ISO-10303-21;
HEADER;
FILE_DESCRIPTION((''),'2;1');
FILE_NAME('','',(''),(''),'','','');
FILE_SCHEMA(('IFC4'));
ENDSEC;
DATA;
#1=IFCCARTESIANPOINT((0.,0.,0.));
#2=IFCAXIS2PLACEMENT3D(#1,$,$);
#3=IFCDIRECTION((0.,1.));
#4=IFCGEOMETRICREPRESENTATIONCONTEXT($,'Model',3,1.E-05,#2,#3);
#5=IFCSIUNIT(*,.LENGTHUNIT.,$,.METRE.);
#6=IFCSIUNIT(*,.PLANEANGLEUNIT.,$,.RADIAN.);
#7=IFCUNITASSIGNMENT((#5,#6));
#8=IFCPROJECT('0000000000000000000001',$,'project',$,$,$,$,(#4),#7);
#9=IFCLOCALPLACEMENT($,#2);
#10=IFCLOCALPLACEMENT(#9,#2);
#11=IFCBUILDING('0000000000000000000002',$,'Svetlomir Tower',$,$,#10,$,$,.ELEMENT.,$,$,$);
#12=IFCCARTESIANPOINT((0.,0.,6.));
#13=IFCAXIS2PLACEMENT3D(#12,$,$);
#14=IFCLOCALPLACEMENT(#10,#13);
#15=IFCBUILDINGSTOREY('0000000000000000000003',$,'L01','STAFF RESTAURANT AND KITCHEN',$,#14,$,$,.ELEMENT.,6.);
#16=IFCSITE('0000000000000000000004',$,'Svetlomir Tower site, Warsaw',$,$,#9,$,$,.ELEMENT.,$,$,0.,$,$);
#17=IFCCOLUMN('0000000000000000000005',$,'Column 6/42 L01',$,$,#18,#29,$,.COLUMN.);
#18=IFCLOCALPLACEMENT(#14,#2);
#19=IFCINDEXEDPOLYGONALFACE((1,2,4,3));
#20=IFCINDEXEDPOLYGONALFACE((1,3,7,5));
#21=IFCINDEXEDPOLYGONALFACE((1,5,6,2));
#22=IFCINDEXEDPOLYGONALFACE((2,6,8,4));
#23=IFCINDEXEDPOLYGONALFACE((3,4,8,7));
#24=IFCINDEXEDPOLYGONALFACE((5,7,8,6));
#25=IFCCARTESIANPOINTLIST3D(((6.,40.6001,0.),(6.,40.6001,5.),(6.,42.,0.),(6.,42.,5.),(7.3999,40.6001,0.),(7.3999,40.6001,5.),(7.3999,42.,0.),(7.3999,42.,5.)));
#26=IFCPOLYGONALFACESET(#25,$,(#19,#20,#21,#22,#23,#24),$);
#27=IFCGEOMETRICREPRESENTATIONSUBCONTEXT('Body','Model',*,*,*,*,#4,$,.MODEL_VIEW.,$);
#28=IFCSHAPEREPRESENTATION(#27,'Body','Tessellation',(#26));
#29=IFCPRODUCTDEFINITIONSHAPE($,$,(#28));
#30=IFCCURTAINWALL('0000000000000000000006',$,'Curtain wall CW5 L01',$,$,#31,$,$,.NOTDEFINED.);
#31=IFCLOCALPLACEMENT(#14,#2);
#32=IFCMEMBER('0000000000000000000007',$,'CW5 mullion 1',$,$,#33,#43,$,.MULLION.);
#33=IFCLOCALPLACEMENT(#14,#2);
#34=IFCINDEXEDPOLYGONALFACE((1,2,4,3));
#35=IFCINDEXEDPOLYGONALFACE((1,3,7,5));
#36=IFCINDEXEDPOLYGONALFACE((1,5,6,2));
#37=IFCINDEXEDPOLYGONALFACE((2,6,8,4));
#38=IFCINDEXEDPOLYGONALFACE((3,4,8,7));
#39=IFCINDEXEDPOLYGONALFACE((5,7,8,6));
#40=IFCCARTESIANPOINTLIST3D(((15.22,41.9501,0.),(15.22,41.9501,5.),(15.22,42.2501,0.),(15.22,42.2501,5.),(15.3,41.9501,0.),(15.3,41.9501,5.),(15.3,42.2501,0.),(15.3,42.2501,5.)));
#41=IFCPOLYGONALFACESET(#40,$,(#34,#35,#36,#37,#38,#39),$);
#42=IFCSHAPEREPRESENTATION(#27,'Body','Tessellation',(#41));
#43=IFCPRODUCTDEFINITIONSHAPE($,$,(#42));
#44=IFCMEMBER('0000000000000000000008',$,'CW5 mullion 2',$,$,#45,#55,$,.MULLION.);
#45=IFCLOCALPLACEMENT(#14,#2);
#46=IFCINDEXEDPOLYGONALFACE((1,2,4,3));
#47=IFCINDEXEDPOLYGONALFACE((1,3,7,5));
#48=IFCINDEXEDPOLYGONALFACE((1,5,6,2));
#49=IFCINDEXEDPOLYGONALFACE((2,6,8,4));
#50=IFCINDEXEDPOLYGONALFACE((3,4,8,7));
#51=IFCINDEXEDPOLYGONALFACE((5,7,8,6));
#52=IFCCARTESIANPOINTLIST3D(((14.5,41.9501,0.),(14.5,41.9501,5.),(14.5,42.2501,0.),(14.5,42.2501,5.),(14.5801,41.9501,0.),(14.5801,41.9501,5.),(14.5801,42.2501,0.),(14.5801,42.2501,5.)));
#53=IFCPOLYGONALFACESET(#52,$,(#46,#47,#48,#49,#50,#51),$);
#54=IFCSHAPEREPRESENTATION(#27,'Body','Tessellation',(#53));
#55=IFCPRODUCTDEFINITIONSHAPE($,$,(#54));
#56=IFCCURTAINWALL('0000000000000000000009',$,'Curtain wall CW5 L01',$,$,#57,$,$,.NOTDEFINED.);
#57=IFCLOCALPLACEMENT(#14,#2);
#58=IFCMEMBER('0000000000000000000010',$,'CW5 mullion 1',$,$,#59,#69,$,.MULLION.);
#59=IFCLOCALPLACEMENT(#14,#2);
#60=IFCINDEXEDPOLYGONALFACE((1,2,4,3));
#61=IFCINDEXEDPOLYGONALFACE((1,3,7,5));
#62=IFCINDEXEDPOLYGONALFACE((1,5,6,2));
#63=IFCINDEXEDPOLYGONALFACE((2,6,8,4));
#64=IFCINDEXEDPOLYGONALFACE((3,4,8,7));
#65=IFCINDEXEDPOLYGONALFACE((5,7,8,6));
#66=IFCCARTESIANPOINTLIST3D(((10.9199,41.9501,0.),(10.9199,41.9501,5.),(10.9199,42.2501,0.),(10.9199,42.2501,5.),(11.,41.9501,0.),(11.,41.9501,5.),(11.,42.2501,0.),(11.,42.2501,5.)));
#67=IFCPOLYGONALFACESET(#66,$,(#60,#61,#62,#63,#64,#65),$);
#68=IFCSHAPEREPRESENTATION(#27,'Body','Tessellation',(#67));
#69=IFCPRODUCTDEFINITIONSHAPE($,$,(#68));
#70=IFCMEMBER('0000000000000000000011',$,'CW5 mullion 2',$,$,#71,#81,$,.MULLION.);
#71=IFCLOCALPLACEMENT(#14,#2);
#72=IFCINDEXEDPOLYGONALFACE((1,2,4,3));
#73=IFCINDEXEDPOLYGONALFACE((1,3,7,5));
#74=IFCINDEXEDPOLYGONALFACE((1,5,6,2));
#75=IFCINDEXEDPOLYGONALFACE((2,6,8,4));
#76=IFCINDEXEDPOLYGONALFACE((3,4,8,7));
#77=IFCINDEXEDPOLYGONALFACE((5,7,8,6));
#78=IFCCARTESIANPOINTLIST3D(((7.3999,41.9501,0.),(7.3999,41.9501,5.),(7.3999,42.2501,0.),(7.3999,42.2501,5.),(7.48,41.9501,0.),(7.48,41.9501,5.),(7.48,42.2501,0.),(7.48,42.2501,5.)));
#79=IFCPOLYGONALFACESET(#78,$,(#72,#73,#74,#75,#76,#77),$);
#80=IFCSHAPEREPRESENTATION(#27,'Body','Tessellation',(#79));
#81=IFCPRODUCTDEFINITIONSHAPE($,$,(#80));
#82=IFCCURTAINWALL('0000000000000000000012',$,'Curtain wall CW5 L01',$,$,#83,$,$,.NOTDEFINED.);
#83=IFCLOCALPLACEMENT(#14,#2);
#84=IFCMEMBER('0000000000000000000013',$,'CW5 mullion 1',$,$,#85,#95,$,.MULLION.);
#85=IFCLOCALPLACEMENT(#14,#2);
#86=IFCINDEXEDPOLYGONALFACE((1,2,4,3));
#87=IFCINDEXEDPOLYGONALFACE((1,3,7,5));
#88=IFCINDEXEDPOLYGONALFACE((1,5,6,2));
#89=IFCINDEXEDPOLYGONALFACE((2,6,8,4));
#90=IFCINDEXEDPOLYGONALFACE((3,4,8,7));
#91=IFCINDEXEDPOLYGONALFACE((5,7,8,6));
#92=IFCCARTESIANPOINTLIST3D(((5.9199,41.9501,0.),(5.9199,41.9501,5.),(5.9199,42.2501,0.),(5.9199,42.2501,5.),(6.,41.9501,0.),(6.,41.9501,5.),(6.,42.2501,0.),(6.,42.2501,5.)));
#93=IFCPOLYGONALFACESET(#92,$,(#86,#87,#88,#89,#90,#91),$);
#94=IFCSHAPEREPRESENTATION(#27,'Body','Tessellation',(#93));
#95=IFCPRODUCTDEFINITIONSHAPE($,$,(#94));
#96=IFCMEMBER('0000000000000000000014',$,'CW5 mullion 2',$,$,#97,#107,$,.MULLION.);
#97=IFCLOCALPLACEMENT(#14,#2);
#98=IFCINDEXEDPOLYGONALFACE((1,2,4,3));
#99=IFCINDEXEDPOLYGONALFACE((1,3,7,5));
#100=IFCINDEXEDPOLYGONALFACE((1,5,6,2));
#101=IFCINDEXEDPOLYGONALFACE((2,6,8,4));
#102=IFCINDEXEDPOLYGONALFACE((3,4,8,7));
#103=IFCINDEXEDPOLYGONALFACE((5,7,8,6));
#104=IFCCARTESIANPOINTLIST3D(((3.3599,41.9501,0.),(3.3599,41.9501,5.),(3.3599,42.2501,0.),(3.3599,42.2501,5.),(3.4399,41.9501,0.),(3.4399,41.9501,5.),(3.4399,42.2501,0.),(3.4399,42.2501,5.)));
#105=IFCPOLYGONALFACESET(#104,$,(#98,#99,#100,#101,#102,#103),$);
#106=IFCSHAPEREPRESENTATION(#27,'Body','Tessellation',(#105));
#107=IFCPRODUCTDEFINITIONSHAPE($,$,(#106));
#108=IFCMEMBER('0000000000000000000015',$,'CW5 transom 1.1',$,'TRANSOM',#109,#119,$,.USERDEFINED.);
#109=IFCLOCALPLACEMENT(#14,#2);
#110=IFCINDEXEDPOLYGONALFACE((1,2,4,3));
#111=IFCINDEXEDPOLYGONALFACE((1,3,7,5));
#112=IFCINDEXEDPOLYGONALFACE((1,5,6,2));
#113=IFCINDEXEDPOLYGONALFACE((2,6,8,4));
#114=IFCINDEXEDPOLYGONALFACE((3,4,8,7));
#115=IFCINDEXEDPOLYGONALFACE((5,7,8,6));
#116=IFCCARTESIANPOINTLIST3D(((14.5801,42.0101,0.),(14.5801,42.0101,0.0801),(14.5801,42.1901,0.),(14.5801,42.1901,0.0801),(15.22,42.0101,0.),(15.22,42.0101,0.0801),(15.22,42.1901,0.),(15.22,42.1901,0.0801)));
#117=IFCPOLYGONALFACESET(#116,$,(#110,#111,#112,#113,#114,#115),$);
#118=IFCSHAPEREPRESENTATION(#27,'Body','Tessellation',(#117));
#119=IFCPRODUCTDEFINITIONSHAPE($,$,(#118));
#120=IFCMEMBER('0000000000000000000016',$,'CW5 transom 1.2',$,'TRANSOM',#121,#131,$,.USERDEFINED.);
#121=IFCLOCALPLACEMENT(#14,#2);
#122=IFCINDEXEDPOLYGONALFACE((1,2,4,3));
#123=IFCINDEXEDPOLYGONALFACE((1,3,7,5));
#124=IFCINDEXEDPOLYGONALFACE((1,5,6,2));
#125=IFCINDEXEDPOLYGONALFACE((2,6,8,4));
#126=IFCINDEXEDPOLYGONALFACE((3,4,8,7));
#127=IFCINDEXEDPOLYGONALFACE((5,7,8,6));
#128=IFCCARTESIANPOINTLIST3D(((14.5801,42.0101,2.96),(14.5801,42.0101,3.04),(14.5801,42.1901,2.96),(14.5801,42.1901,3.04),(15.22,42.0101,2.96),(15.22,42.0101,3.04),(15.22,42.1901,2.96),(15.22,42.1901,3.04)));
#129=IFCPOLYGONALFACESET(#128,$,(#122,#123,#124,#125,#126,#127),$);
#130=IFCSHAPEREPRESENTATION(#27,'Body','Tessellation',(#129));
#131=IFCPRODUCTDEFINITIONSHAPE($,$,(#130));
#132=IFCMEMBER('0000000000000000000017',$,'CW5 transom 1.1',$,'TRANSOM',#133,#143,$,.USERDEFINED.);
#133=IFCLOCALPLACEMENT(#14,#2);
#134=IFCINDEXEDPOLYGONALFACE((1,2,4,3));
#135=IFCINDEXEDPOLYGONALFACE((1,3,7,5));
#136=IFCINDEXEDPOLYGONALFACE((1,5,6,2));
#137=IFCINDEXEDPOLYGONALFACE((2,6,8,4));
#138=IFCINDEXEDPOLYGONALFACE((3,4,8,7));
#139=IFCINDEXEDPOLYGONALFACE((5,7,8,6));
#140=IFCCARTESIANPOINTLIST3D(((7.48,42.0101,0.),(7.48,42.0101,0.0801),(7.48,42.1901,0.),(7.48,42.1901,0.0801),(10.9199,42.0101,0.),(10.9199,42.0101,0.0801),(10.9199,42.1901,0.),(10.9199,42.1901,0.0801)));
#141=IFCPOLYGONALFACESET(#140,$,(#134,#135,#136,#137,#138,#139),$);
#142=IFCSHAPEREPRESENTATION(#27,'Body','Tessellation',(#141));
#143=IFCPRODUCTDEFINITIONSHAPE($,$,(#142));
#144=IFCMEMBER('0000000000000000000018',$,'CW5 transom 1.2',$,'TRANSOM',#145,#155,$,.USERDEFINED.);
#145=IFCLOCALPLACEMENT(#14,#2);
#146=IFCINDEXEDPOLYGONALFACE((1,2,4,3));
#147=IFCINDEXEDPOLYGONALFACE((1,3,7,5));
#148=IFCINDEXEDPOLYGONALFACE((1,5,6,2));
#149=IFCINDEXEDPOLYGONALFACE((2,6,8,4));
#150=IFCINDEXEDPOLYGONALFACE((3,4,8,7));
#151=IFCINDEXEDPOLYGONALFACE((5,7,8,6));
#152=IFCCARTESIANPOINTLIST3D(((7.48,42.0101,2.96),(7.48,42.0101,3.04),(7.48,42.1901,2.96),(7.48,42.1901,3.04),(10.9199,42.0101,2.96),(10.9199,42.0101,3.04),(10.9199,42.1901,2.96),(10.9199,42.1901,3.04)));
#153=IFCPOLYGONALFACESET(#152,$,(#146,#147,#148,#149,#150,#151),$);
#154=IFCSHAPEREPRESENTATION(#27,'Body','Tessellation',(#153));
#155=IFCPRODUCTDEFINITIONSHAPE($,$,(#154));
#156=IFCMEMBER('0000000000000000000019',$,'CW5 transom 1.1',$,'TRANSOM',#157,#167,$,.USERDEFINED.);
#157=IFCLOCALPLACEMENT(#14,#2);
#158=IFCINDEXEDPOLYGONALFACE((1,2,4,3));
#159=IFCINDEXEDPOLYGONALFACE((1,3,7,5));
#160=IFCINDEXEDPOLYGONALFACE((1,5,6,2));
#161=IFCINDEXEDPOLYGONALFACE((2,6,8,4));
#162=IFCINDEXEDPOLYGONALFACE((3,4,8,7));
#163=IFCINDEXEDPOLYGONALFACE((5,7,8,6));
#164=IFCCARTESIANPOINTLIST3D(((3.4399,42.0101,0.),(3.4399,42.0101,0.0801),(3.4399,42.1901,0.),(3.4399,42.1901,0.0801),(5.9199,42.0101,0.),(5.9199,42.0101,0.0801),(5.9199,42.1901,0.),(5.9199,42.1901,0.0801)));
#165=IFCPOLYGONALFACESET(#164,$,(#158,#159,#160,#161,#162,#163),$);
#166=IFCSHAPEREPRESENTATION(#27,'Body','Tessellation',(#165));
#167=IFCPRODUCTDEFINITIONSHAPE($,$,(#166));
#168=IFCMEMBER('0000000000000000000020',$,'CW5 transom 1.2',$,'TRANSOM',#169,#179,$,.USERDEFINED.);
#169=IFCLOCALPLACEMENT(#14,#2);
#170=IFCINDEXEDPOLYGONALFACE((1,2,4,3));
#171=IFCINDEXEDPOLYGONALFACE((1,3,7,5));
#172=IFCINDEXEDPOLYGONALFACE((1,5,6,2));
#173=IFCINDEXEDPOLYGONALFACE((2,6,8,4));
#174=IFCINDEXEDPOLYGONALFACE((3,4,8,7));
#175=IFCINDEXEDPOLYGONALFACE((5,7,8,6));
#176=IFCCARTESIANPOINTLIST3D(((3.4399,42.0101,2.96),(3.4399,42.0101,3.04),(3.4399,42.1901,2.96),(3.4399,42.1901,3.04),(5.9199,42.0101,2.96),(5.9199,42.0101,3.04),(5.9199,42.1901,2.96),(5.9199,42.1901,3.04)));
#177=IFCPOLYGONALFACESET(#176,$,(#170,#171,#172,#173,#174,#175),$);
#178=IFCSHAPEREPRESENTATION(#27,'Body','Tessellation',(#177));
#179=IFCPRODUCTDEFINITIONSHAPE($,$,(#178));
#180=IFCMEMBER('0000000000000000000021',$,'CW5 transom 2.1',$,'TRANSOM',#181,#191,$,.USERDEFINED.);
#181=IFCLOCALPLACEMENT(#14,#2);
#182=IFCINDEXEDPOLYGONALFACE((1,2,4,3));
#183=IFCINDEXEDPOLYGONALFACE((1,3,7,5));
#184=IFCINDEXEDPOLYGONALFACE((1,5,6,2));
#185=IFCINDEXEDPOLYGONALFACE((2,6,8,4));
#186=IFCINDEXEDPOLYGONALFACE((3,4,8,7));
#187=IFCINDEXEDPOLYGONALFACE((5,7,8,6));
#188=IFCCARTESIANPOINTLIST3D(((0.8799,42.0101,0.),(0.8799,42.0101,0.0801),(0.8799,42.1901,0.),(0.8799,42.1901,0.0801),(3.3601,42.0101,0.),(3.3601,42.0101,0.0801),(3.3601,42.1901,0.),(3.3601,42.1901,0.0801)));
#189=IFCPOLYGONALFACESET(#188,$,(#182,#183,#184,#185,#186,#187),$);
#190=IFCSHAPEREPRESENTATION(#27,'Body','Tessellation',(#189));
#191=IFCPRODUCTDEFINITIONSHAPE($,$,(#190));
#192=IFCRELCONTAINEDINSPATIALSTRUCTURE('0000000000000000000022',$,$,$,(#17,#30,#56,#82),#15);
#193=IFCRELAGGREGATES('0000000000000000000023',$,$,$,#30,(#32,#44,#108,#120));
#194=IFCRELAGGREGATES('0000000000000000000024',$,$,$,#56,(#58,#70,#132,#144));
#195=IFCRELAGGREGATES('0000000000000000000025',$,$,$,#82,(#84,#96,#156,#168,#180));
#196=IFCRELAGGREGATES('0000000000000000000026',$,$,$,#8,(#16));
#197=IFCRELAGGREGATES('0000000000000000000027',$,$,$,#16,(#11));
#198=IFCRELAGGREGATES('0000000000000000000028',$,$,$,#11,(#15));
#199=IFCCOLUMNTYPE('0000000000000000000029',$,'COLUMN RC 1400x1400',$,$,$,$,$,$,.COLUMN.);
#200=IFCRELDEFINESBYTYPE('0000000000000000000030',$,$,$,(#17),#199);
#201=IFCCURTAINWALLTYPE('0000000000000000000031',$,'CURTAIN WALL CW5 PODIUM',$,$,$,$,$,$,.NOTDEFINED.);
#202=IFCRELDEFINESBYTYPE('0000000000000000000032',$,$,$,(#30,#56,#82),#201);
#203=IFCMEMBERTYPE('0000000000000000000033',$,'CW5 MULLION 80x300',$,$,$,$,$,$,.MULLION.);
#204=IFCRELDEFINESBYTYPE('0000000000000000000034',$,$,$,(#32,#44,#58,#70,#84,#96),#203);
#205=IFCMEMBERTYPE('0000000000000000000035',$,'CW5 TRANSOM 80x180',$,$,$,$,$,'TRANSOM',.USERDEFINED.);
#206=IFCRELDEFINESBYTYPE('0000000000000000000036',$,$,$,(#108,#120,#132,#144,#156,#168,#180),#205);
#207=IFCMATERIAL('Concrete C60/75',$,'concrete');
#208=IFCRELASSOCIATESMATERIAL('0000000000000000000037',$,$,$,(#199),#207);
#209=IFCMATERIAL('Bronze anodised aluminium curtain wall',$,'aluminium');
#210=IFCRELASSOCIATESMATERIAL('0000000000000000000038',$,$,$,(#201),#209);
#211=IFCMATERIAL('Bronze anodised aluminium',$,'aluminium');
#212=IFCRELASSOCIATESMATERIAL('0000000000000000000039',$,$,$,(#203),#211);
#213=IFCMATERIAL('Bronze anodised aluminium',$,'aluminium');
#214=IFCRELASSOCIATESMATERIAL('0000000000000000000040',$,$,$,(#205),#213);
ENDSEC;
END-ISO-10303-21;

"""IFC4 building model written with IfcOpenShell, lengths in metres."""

from ifc_helpers import new_model, si_unit, direction, frame, origin, origin_2d, place, context, subcontext, project, spatial, rectangle, extrude, material, material_profile, profile_set, type_object, element, aggregate, save


model = new_model("IFC4")

# Units and contexts
model_context = context("Model", 3, precision=1e-05, world=origin(), true_north=direction((0.0, 1.0)))
body_context = subcontext(model_context, "Body", "Model", "MODEL_VIEW")
ifc_project = project(units=[si_unit("LENGTHUNIT", "METRE"), si_unit("PLANEANGLEUNIT", "RADIAN")], contexts=[model_context])

# Site, building, storey
site_placement = place(None, origin())
site = spatial("IfcSite", under=ifc_project, at=site_placement, Name="Svetlomir Tower site, Warsaw", CompositionType="ELEMENT", RefElevation=0.0)
building_placement = place(site_placement, origin())
building = spatial("IfcBuilding", under=site, at=building_placement, Name="Svetlomir Tower", CompositionType="ELEMENT")
storey_placement = place(building_placement, frame((0.0, 0.0, 6.0)))
storey = spatial("IfcBuildingStorey", under=building, at=storey_placement, Name="L01", Description="STAFF RESTAURANT AND KITCHEN", CompositionType="ELEMENT", Elevation=6.0)

# Column
ifc_material_1 = material(Name="Concrete C60/75", Category="concrete")
ifc_material_profile_1 = material_profile(ifc_material_1, rectangle(XDim=1.3999, YDim=1.3999, at=origin_2d()), Name="RC 1400x1400")
ifc_profile_set_1 = profile_set([ifc_material_profile_1], Name="Concrete C60/75")
column_type = type_object("IfcColumnType", Name="COLUMN RC 1400x1400", PredefinedType="COLUMN", material=ifc_profile_set_1)
column_placement = place(storey_placement, frame((6.7, 41.3, 0.0), z_axis=(0.0, 0.0, 1.0), x_axis=(1.0, 0.0, 0.0)))
element("IfcColumn", 1, at=column_placement, inside=storey, type_object=column_type, Name="Column 6/42 L01", PredefinedType="COLUMN", context=body_context, shape_type="SweptSolid", body=[
    extrude(rectangle(XDim=1.3999, YDim=1.3999, at=origin_2d()), origin(), (0.0, 0.0, 1.0), 5.0),
])

# Curtain walls, members
ifc_material_2 = material(Name="Bronze anodised aluminium curtain wall", Category="aluminium")
curtain_wall_type = type_object("IfcCurtainWallType", Name="CURTAIN WALL CW5 PODIUM", PredefinedType="NOTDEFINED", material=ifc_material_2)
curtain_wall_1_placement = place(storey_placement, origin())
curtain_wall_1 = element("IfcCurtainWall", 2, at=curtain_wall_1_placement, inside=storey, type_object=curtain_wall_type, Name="Curtain wall CW5 L01", PredefinedType="NOTDEFINED")
ifc_material_3 = material(Name="Bronze anodised aluminium", Category="aluminium")
ifc_material_profile_2 = material_profile(ifc_material_3, rectangle(XDim=0.0801, YDim=0.3, at=origin_2d()), Name="AL 80x300")
ifc_profile_set_2 = profile_set([ifc_material_profile_2], Name="Bronze anodised aluminium 6063-T6")
member_type_1 = type_object("IfcMemberType", Name="CW5 MULLION 80x300", PredefinedType="MULLION", material=ifc_profile_set_2)
member_1_placement = place(storey_placement, frame((15.26, 42.1001, 0.0), z_axis=(0.0, 0.0, 1.0), x_axis=(-1.0, 0.0, 0.0)))
member_1 = element("IfcMember", 3, at=member_1_placement, type_object=member_type_1, Name="CW5 mullion 1", PredefinedType="MULLION", context=body_context, shape_type="SweptSolid", body=[
    extrude(rectangle(XDim=0.0801, YDim=0.3, at=origin_2d()), origin(), (0.0, 0.0, 1.0), 5.0),
])
member_2_placement = place(storey_placement, frame((14.54, 42.1001, 0.0), z_axis=(0.0, 0.0, 1.0), x_axis=(-1.0, 0.0, 0.0)))
member_2 = element("IfcMember", 4, at=member_2_placement, type_object=member_type_1, Name="CW5 mullion 2", PredefinedType="MULLION", context=body_context, shape_type="SweptSolid", body=[
    extrude(rectangle(XDim=0.0801, YDim=0.3, at=origin_2d()), origin(), (0.0, 0.0, 1.0), 5.0),
])
curtain_wall_2_placement = place(storey_placement, origin())
curtain_wall_2 = element("IfcCurtainWall", 5, at=curtain_wall_2_placement, inside=storey, type_object=curtain_wall_type, Name="Curtain wall CW5 L01", PredefinedType="NOTDEFINED")
member_3_placement = place(storey_placement, frame((10.96, 42.1001, 0.0), z_axis=(0.0, 0.0, 1.0), x_axis=(-1.0, 0.0, 0.0)))
member_3 = element("IfcMember", 6, at=member_3_placement, type_object=member_type_1, Name="CW5 mullion 1", PredefinedType="MULLION", context=body_context, shape_type="SweptSolid", body=[
    extrude(rectangle(XDim=0.0801, YDim=0.3, at=origin_2d()), origin(), (0.0, 0.0, 1.0), 5.0),
])
member_4_placement = place(storey_placement, frame((7.4399, 42.1001, 0.0), z_axis=(0.0, 0.0, 1.0), x_axis=(-1.0, 0.0, 0.0)))
member_4 = element("IfcMember", 7, at=member_4_placement, type_object=member_type_1, Name="CW5 mullion 2", PredefinedType="MULLION", context=body_context, shape_type="SweptSolid", body=[
    extrude(rectangle(XDim=0.0801, YDim=0.3, at=origin_2d()), origin(), (0.0, 0.0, 1.0), 5.0),
])
curtain_wall_3_placement = place(storey_placement, origin())
curtain_wall_3 = element("IfcCurtainWall", 8, at=curtain_wall_3_placement, inside=storey, type_object=curtain_wall_type, Name="Curtain wall CW5 L01", PredefinedType="NOTDEFINED")
member_5_placement = place(storey_placement, frame((5.96, 42.1001, 0.0), z_axis=(0.0, 0.0, 1.0), x_axis=(-1.0, 0.0, 0.0)))
member_5 = element("IfcMember", 9, at=member_5_placement, type_object=member_type_1, Name="CW5 mullion 1", PredefinedType="MULLION", context=body_context, shape_type="SweptSolid", body=[
    extrude(rectangle(XDim=0.0801, YDim=0.3, at=origin_2d()), origin(), (0.0, 0.0, 1.0), 5.0),
])
member_6_placement = place(storey_placement, frame((3.3999, 42.1001, 0.0), z_axis=(0.0, 0.0, 1.0), x_axis=(-1.0, 0.0, 0.0)))
member_6 = element("IfcMember", 10, at=member_6_placement, type_object=member_type_1, Name="CW5 mullion 2", PredefinedType="MULLION", context=body_context, shape_type="SweptSolid", body=[
    extrude(rectangle(XDim=0.0801, YDim=0.3, at=origin_2d()), origin(), (0.0, 0.0, 1.0), 5.0),
])

# Members
ifc_material_4 = material(Name="Bronze anodised aluminium", Category="aluminium")
ifc_material_profile_3 = material_profile(ifc_material_4, rectangle(XDim=0.1799, YDim=0.0801, at=origin_2d()), Name="AL 180x80")
ifc_profile_set_3 = profile_set([ifc_material_profile_3], Name="Bronze anodised aluminium 6063-T6")
member_type_2 = type_object("IfcMemberType", Name="CW5 TRANSOM 80x180", ElementType="TRANSOM", PredefinedType="USERDEFINED", material=ifc_profile_set_3)
member_7_placement = place(storey_placement, frame((15.22, 42.1001, 0.04), z_axis=(-1.0, 0.0, 0.0), x_axis=(0.0, -1.0, 0.0)))
member_7 = element("IfcMember", 11, at=member_7_placement, type_object=member_type_2, Name="CW5 transom 1.1", ObjectType="TRANSOM", PredefinedType="USERDEFINED", context=body_context, shape_type="SweptSolid", body=[
    extrude(rectangle(XDim=0.1799, YDim=0.0801, at=origin_2d()), origin(), (0.0, 0.0, 1.0), 0.6399),
])
member_8_placement = place(storey_placement, frame((15.22, 42.1001, 3.0), z_axis=(-1.0, 0.0, 0.0), x_axis=(0.0, -1.0, 0.0)))
member_8 = element("IfcMember", 12, at=member_8_placement, type_object=member_type_2, Name="CW5 transom 1.2", ObjectType="TRANSOM", PredefinedType="USERDEFINED", context=body_context, shape_type="SweptSolid", body=[
    extrude(rectangle(XDim=0.1799, YDim=0.0801, at=origin_2d()), origin(), (0.0, 0.0, 1.0), 0.6399),
])
member_9_placement = place(storey_placement, frame((10.9199, 42.1001, 0.04), z_axis=(-1.0, 0.0, 0.0), x_axis=(0.0, -1.0, 0.0)))
member_9 = element("IfcMember", 13, at=member_9_placement, type_object=member_type_2, Name="CW5 transom 1.1", ObjectType="TRANSOM", PredefinedType="USERDEFINED", context=body_context, shape_type="SweptSolid", body=[
    extrude(rectangle(XDim=0.1799, YDim=0.0801, at=origin_2d()), origin(), (0.0, 0.0, 1.0), 3.4399),
])
member_10_placement = place(storey_placement, frame((10.9199, 42.1001, 3.0), z_axis=(-1.0, 0.0, 0.0), x_axis=(0.0, -1.0, 0.0)))
member_10 = element("IfcMember", 14, at=member_10_placement, type_object=member_type_2, Name="CW5 transom 1.2", ObjectType="TRANSOM", PredefinedType="USERDEFINED", context=body_context, shape_type="SweptSolid", body=[
    extrude(rectangle(XDim=0.1799, YDim=0.0801, at=origin_2d()), origin(), (0.0, 0.0, 1.0), 3.4399),
])
member_11_placement = place(storey_placement, frame((5.9199, 42.1001, 0.04), z_axis=(-1.0, 0.0, 0.0), x_axis=(0.0, -1.0, 0.0)))
member_11 = element("IfcMember", 15, at=member_11_placement, type_object=member_type_2, Name="CW5 transom 1.1", ObjectType="TRANSOM", PredefinedType="USERDEFINED", context=body_context, shape_type="SweptSolid", body=[
    extrude(rectangle(XDim=0.1799, YDim=0.0801, at=origin_2d()), origin(), (0.0, 0.0, 1.0), 2.48),
])
member_12_placement = place(storey_placement, frame((5.9199, 42.1001, 3.0), z_axis=(-1.0, 0.0, 0.0), x_axis=(0.0, -1.0, 0.0)))
member_12 = element("IfcMember", 16, at=member_12_placement, type_object=member_type_2, Name="CW5 transom 1.2", ObjectType="TRANSOM", PredefinedType="USERDEFINED", context=body_context, shape_type="SweptSolid", body=[
    extrude(rectangle(XDim=0.1799, YDim=0.0801, at=origin_2d()), origin(), (0.0, 0.0, 1.0), 2.48),
])
member_13_placement = place(storey_placement, frame((3.3601, 42.1001, 0.04), z_axis=(-1.0, 0.0, 0.0), x_axis=(0.0, -1.0, 0.0)))
member_13 = element("IfcMember", 17, at=member_13_placement, type_object=member_type_2, Name="CW5 transom 2.1", ObjectType="TRANSOM", PredefinedType="USERDEFINED", context=body_context, shape_type="SweptSolid", body=[
    extrude(rectangle(XDim=0.1799, YDim=0.0801, at=origin_2d()), origin(), (0.0, 0.0, 1.0), 2.4802),
])

aggregate(curtain_wall_1, [member_1, member_2, member_7, member_8])
aggregate(curtain_wall_2, [member_3, member_4, member_9, member_10])
aggregate(curtain_wall_3, [member_5, member_6, member_11, member_12, member_13])

save(model, "model.ifc")
